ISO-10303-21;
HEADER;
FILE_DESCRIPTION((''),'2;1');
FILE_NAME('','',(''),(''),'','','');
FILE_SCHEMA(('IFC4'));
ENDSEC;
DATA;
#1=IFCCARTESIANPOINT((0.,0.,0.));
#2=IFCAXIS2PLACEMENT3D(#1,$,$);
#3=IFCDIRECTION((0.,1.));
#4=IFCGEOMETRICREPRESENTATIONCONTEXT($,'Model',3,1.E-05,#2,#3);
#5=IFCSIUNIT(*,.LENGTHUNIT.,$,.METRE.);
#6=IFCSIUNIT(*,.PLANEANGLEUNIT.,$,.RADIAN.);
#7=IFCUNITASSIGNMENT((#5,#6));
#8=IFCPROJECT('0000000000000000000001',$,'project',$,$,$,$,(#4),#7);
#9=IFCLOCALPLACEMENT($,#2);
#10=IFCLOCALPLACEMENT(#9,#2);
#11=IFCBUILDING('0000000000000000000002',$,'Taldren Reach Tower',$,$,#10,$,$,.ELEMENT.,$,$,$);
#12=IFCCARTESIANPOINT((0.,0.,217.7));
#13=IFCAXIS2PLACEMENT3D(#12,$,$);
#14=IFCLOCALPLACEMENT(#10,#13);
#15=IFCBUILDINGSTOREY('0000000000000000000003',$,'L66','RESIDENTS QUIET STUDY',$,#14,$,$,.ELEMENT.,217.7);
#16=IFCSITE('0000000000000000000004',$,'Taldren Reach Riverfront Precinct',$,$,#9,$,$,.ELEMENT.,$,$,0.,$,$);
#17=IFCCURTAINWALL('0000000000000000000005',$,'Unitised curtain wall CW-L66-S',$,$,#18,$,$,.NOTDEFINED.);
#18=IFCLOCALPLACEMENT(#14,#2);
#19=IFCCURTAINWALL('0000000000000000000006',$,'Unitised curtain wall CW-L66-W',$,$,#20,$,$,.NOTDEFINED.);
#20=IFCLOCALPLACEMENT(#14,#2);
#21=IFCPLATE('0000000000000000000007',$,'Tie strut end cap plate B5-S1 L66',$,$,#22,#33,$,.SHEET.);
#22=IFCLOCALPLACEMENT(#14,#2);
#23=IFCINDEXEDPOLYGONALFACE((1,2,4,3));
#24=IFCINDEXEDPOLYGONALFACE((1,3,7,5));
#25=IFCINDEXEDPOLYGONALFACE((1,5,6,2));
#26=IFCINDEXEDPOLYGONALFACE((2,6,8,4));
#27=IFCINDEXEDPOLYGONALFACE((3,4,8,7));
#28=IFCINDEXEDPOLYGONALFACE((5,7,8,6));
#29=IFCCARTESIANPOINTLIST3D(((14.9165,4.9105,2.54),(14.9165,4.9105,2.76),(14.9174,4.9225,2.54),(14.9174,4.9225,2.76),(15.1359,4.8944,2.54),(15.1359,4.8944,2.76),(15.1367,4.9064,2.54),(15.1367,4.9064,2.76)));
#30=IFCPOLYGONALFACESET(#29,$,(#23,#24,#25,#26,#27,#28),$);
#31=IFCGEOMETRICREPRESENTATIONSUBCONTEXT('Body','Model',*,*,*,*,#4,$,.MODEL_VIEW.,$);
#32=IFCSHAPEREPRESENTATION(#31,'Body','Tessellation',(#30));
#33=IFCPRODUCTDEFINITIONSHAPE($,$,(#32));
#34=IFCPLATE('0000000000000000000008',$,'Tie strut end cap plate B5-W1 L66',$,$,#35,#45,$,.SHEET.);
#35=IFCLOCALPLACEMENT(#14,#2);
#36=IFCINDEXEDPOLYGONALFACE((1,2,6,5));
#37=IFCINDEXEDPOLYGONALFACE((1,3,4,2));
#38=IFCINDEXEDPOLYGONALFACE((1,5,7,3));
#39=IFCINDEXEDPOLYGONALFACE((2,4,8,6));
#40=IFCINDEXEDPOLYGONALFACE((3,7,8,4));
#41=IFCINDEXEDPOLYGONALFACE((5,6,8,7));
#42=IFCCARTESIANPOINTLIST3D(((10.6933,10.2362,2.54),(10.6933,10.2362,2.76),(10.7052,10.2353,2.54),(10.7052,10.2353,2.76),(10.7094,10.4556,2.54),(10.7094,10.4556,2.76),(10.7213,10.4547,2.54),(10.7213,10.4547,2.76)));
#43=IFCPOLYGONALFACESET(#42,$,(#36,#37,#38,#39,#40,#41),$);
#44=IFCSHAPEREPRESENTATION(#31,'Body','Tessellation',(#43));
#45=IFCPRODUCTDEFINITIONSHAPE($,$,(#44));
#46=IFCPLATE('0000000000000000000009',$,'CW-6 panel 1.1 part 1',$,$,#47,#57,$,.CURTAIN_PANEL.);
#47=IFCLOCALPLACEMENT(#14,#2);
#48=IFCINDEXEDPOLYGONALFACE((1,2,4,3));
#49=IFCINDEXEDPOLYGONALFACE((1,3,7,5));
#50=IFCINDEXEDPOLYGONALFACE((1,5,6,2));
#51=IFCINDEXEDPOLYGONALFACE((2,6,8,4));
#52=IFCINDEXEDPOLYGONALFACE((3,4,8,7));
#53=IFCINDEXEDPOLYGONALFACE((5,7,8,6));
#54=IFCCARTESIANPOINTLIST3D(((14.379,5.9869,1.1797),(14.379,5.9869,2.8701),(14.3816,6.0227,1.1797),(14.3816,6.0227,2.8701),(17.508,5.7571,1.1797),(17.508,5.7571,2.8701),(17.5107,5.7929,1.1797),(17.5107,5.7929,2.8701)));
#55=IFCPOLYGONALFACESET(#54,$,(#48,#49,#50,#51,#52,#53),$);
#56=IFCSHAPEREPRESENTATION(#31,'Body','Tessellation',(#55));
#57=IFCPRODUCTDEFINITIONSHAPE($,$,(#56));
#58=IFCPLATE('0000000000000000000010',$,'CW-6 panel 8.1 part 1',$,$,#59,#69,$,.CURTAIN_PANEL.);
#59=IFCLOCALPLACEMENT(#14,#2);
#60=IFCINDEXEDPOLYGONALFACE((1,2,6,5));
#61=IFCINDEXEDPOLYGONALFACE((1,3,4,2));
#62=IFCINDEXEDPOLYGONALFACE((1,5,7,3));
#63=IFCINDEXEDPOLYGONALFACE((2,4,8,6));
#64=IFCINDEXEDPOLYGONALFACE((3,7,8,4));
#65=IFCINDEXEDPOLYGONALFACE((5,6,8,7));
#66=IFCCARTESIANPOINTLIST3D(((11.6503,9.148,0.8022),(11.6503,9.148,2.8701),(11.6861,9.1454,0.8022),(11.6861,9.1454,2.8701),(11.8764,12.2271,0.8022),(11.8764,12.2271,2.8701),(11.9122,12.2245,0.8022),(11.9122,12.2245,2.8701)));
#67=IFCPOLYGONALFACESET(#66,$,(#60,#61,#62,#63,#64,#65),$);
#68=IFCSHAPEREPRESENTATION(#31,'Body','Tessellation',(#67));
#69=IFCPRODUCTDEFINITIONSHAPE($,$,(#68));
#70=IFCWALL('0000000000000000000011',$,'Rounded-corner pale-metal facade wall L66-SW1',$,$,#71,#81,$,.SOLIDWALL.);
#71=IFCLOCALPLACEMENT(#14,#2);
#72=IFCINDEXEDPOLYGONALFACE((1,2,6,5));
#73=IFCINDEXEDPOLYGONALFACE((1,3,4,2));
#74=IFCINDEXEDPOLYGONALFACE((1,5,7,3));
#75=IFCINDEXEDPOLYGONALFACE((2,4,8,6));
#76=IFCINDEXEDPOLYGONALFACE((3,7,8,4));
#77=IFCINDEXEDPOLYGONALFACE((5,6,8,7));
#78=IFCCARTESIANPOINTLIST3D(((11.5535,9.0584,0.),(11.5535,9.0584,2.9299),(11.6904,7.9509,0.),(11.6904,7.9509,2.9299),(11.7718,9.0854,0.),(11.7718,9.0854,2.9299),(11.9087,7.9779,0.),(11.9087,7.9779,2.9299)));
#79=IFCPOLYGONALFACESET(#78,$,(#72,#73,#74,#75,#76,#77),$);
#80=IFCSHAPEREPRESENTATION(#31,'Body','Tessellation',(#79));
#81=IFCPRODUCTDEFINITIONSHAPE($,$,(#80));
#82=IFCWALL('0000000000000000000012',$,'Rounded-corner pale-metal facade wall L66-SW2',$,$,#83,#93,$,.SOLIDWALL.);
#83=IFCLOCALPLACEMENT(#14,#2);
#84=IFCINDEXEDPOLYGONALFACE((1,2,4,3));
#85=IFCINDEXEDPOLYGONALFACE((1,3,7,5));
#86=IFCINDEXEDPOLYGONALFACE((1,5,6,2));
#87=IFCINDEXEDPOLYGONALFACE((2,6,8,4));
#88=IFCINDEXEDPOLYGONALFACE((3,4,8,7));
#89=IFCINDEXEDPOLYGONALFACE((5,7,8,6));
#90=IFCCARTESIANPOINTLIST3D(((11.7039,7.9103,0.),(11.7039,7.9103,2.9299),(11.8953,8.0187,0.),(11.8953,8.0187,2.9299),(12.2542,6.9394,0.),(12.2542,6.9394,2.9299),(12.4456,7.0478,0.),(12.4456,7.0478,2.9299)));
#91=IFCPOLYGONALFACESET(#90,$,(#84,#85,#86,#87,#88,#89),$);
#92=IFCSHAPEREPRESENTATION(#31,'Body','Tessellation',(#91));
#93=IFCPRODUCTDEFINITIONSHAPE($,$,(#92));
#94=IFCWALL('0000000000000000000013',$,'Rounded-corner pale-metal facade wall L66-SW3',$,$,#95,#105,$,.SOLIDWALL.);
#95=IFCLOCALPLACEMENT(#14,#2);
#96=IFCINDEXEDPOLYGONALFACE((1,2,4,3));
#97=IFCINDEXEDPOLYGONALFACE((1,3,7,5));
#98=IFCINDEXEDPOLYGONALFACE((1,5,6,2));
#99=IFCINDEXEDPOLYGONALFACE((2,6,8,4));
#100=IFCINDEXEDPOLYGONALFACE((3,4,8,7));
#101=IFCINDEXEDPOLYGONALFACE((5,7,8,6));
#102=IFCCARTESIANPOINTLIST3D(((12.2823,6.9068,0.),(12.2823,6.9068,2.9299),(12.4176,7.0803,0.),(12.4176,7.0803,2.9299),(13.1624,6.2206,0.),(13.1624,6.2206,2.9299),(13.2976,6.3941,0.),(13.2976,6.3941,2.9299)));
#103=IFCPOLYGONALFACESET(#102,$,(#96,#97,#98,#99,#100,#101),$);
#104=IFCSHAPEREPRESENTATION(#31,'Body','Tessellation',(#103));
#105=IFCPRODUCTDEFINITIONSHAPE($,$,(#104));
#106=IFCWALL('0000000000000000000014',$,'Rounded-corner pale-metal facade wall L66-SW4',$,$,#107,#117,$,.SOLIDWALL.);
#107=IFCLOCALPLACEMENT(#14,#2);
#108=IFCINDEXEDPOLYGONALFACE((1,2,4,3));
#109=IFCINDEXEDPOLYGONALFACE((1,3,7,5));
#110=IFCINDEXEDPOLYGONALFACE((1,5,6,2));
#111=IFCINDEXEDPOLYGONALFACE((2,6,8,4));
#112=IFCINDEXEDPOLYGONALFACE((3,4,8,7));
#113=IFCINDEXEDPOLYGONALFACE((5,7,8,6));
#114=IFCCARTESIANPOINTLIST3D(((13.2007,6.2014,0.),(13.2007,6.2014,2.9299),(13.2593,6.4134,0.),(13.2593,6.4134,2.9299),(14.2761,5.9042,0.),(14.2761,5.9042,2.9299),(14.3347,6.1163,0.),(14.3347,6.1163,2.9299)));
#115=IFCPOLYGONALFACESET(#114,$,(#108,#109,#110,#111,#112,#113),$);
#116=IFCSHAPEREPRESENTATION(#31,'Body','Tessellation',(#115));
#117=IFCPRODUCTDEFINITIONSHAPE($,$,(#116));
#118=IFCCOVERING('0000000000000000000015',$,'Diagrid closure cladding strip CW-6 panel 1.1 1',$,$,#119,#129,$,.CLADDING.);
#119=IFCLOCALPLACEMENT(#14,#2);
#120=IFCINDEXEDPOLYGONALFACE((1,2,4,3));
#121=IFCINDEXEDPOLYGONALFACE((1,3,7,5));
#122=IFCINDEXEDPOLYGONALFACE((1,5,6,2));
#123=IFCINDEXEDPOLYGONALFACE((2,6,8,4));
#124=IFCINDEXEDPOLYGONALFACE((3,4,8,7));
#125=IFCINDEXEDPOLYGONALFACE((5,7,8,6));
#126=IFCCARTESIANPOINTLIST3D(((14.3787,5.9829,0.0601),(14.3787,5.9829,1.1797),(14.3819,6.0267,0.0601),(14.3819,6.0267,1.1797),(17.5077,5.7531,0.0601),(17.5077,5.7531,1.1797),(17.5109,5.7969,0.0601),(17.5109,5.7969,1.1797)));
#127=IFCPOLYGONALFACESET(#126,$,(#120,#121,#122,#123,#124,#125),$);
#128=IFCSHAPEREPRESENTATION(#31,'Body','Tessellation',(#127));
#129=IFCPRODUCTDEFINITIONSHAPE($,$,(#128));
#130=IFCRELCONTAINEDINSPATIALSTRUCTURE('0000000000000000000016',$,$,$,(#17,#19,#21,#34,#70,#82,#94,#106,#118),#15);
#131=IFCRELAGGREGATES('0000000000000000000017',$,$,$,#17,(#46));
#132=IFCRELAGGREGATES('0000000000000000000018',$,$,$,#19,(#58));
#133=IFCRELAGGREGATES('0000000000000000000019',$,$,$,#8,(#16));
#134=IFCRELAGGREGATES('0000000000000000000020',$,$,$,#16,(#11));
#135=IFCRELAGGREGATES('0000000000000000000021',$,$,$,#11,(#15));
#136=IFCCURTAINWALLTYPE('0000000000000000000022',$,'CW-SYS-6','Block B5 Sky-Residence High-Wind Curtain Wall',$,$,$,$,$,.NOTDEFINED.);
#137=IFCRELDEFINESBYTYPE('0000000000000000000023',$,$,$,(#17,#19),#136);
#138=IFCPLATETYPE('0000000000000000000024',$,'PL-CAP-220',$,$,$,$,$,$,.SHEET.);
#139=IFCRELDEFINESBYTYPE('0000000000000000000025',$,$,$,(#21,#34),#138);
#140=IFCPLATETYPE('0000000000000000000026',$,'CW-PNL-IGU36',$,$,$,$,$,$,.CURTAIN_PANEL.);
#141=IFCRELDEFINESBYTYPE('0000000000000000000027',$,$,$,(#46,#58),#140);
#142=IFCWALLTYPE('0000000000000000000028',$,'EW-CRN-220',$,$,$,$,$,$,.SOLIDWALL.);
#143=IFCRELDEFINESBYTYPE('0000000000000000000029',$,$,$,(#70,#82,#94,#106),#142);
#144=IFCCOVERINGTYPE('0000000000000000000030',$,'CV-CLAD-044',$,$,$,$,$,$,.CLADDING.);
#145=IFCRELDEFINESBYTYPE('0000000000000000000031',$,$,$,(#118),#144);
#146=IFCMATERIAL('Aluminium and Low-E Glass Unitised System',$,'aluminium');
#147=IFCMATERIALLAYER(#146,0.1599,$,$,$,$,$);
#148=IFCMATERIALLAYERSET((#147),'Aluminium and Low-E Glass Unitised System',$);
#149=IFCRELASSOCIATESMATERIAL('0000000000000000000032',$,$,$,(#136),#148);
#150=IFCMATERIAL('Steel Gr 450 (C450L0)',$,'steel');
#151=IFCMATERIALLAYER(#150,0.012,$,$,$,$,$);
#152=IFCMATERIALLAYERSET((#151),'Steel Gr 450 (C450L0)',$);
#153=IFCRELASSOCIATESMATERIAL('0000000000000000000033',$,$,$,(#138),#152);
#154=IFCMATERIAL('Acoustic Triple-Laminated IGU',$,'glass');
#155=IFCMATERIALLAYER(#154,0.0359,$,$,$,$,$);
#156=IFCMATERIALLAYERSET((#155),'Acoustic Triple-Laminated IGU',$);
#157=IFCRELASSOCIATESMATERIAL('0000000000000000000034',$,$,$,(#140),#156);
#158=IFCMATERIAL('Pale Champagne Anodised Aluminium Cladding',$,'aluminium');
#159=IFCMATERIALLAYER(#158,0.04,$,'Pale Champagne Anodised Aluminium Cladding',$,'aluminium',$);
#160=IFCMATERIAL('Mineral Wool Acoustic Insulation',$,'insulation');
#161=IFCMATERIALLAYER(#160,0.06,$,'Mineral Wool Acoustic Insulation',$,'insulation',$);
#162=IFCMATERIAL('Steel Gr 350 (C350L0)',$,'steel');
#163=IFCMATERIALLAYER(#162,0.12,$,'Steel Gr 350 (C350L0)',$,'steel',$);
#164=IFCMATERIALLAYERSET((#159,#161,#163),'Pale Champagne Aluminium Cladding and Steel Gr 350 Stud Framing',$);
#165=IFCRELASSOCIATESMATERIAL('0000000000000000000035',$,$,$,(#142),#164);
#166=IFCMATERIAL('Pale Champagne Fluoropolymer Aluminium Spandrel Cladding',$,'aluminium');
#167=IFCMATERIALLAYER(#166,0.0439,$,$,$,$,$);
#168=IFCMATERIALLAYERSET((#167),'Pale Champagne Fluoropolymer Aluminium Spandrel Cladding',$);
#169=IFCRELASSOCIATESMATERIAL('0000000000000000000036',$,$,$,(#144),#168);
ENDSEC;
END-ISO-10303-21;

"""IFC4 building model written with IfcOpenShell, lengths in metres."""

from ifc_helpers import new_model, si_unit, direction, frame, frame_2d, origin, origin_2d, place, context, subcontext, project, spatial, rectangle, extrude, source, transform, mapped, material, layer, layer_set, type_object, element, aggregate, save


model = new_model("IFC4")

# Units and contexts
model_context = context("Model", 3, precision=1e-05, world=origin(), true_north=direction((0.0, 1.0)))
body_context = subcontext(model_context, "Body", "Model", "MODEL_VIEW")
ifc_project = project(units=[si_unit("LENGTHUNIT", "METRE"), si_unit("PLANEANGLEUNIT", "RADIAN")], contexts=[model_context])

# Site, building, storey
site_placement = place(None, origin())
site = spatial("IfcSite", under=ifc_project, at=site_placement, Name="Taldren Reach Riverfront Precinct", CompositionType="ELEMENT", RefElevation=0.0)
building_placement = place(site_placement, origin())
building = spatial("IfcBuilding", under=site, at=building_placement, Name="Taldren Reach Tower", CompositionType="ELEMENT")
storey_placement = place(building_placement, frame((0.0, 0.0, 217.7)))
storey = spatial("IfcBuildingStorey", under=building, at=storey_placement, Name="L66", Description="RESIDENTS QUIET STUDY", CompositionType="ELEMENT", Elevation=217.7)

# Shared definitions
ifc_material_1 = material(Name="Steel Gr 350 (C350L0)", Category="steel")

# Shared definitions
ifc_material_2 = material(Name="Steel Gr 450 (C450L0)", Category="steel")

# Curtain wall
ifc_material_3 = material(Name="Aluminium and Low-E Glass Unitised System", Category="aluminium")
ifc_layer_1 = layer(ifc_material_3, 0.1599)
ifc_layer_set_1 = layer_set([ifc_layer_1], Name="Aluminium and Low-E Glass Unitised System")
curtain_wall_type = type_object("IfcCurtainWallType", Name="CW-SYS-6", Description="Block B5 Sky-Residence High-Wind Curtain Wall", PredefinedType="NOTDEFINED", material=ifc_layer_set_1)
curtain_wall_1_placement = place(storey_placement, origin())
curtain_wall_1 = element("IfcCurtainWall", 1, at=curtain_wall_1_placement, inside=storey, type_object=curtain_wall_type, Name="Unitised curtain wall CW-L66-S", PredefinedType="NOTDEFINED")

# Curtain wall
curtain_wall_2_placement = place(storey_placement, origin())
curtain_wall_2 = element("IfcCurtainWall", 2, at=curtain_wall_2_placement, inside=storey, type_object=curtain_wall_type, Name="Unitised curtain wall CW-L66-W", PredefinedType="NOTDEFINED")

# Plates
ifc_layer_2 = layer(ifc_material_2, 0.012)
ifc_layer_set_2 = layer_set([ifc_layer_2], Name="Steel Gr 450 (C450L0)")
plate_type_1 = type_object("IfcPlateType", Name="PL-CAP-220", PredefinedType="SHEET", material=ifc_layer_set_2)
shared_shape_1 = source(origin(), body_context, "Body", "SweptSolid", [
    extrude(rectangle(XDim=0.22, YDim=0.012, at=origin_2d()), origin(), (0.0, 0.0, 1.0), 0.22),
])
plate_1_placement = place(storey_placement, frame((15.0266, 4.9084, 2.54), z_axis=(0.0, 0.0, 1.0), x_axis=(0.997314, -0.073238, 0.0)))
element("IfcPlate", 3, at=plate_1_placement, inside=storey, type_object=plate_type_1, Name="Tie strut end cap plate B5-S1 L66", PredefinedType="SHEET", context=body_context, shape_type="MappedRepresentation", body=[
    mapped(shared_shape_1, transform((0.0, 0.0, 0.0), scale=1.0)),
])
shared_shape_2 = source(origin(), body_context, "Body", "SweptSolid", [
    extrude(rectangle(XDim=0.012, YDim=0.22, at=origin_2d()), origin(), (0.0, 0.0, 1.0), 0.22),
])
plate_2_placement = place(storey_placement, frame((10.7073, 10.3455, 2.54), z_axis=(0.0, 0.0, 1.0), x_axis=(0.997314, -0.073238, 0.0)))
element("IfcPlate", 4, at=plate_2_placement, inside=storey, type_object=plate_type_1, Name="Tie strut end cap plate B5-W1 L66", PredefinedType="SHEET", context=body_context, shape_type="MappedRepresentation", body=[
    mapped(shared_shape_2, transform((0.0, 0.0, 0.0), scale=1.0)),
])

# Plates
ifc_material_4 = material(Name="Acoustic Triple-Laminated IGU", Category="glass")
ifc_layer_3 = layer(ifc_material_4, 0.0359)
ifc_layer_set_3 = layer_set([ifc_layer_3], Name="Acoustic Triple-Laminated IGU")
plate_type_2 = type_object("IfcPlateType", Name="CW-PNL-IGU36", PredefinedType="CURTAIN_PANEL", material=ifc_layer_set_3)
shared_shape_3 = source(origin(), body_context, "Body", "SweptSolid", [
    extrude(rectangle(XDim=3.1375, YDim=0.0359, at=origin_2d()), origin(), (0.0, 0.0, 1.0), 1.6904),
])
plate_3_placement = place(storey_placement, frame((15.9448, 5.8899, 1.1797), z_axis=(0.0, 0.0, 1.0), x_axis=(0.997314, -0.073238, 0.0)))
plate_3 = element("IfcPlate", 5, at=plate_3_placement, type_object=plate_type_2, Name="CW-6 panel 1.1 part 1", PredefinedType="CURTAIN_PANEL", context=body_context, shape_type="MappedRepresentation", body=[
    mapped(shared_shape_3, transform((0.0, 0.0, 0.0), scale=1.0)),
])
aggregate(curtain_wall_1, [plate_3])
shared_shape_4 = source(origin(), body_context, "Body", "SweptSolid", [
    extrude(rectangle(XDim=3.0874, YDim=0.0359, at=origin_2d()), origin(), (0.0, 0.0, 1.0), 2.0679),
])
plate_4_placement = place(storey_placement, frame((11.7812, 10.6863, 0.8022), z_axis=(0.0, 0.0, 1.0), x_axis=(-0.073238, -0.997314, 0.0)))
plate_4 = element("IfcPlate", 6, at=plate_4_placement, type_object=plate_type_2, Name="CW-6 panel 8.1 part 1", PredefinedType="CURTAIN_PANEL", context=body_context, shape_type="MappedRepresentation", body=[
    mapped(shared_shape_4, transform((0.0, 0.0, 0.0), scale=1.0)),
])
aggregate(curtain_wall_2, [plate_4])

# Walls
ifc_material_5 = material(Name="Pale Champagne Anodised Aluminium Cladding", Category="aluminium")
ifc_layer_4 = layer(ifc_material_5, 0.04, Name="Pale Champagne Anodised Aluminium Cladding", Category="aluminium")
ifc_material_6 = material(Name="Mineral Wool Acoustic Insulation", Category="insulation")
ifc_layer_5 = layer(ifc_material_6, 0.06, Name="Mineral Wool Acoustic Insulation", Category="insulation")
ifc_layer_6 = layer(ifc_material_1, 0.12, Name="Steel Gr 350 (C350L0)", Category="steel")
ifc_layer_set_4 = layer_set([ifc_layer_4, ifc_layer_5, ifc_layer_6], Name="Pale Champagne Aluminium Cladding and Steel Gr 350 Stud Framing")
wall_type = type_object("IfcWallType", Name="EW-CRN-220", PredefinedType="SOLIDWALL", material=ifc_layer_set_4)
shared_shape_5 = source(origin(), body_context, "Body", "SweptSolid", [
    extrude(rectangle(XDim=1.116, YDim=0.22, at=frame_2d((0.5581, 0.0))), origin(), (0.0, 0.0, 1.0), 2.9299),
])
for number, where, z_axis, x_axis, name in (
    (7, (11.6626, 9.072, 0.0), (0.0, 0.0, 1.0), (0.122742, -0.992439, 0.0), "Rounded-corner pale-metal facade wall L66-SW1"),
    (8, (11.7996, 7.9646, 0.0), (0.0, 0.0, 1.0), (0.493073, -0.869988, 0.0), "Rounded-corner pale-metal facade wall L66-SW2"),
    (9, (12.3499, 6.9937, 0.0), (0.0, 0.0, 1.0), (0.788598, -0.614909, 0.0), "Rounded-corner pale-metal facade wall L66-SW3"),
):
    element("IfcWall", number, at=place(storey_placement, frame(where, z_axis=z_axis, x_axis=x_axis)), inside=storey, type_object=wall_type, Name=name, PredefinedType="SOLIDWALL", context=body_context, shape_type="MappedRepresentation", body=[
        mapped(shared_shape_5, transform((0.0, 0.0, 0.0), scale=1.0)),
    ])
shared_shape_6 = source(origin(), body_context, "Body", "SweptSolid", [
    extrude(rectangle(XDim=1.1157, YDim=0.22, at=frame_2d((0.5579, 0.0))), origin(), (0.0, 0.0, 1.0), 2.9299),
])
wall_placement = place(storey_placement, frame((13.23, 6.3074, 0.0), z_axis=(0.0, 0.0, 1.0), x_axis=(0.96389, -0.266301, 0.0)))
element("IfcWall", 10, at=wall_placement, inside=storey, type_object=wall_type, Name="Rounded-corner pale-metal facade wall L66-SW4", PredefinedType="SOLIDWALL", context=body_context, shape_type="MappedRepresentation", body=[
    mapped(shared_shape_6, transform((0.0, 0.0, 0.0), scale=1.0)),
])

# Covering
ifc_material_7 = material(Name="Pale Champagne Fluoropolymer Aluminium Spandrel Cladding", Category="aluminium")
ifc_layer_7 = layer(ifc_material_7, 0.0439)
ifc_layer_set_5 = layer_set([ifc_layer_7], Name="Pale Champagne Fluoropolymer Aluminium Spandrel Cladding")
covering_type = type_object("IfcCoveringType", Name="CV-CLAD-044", PredefinedType="CLADDING", material=ifc_layer_set_5)
shared_shape_7 = source(origin(), body_context, "Body", "SweptSolid", [
    extrude(rectangle(XDim=3.1375, YDim=0.0439, at=origin_2d()), origin(), (0.0, 0.0, 1.0), 1.1196),
])
covering_placement = place(storey_placement, frame((15.9448, 5.8899, 0.0601), z_axis=(0.0, 0.0, 1.0), x_axis=(0.997314, -0.073238, 0.0)))
element("IfcCovering", 11, at=covering_placement, inside=storey, type_object=covering_type, Name="Diagrid closure cladding strip CW-6 panel 1.1 1", PredefinedType="CLADDING", context=body_context, shape_type="MappedRepresentation", body=[
    mapped(shared_shape_7, transform((0.0, 0.0, 0.0), scale=1.0)),
])

save(model, "model.ifc")
